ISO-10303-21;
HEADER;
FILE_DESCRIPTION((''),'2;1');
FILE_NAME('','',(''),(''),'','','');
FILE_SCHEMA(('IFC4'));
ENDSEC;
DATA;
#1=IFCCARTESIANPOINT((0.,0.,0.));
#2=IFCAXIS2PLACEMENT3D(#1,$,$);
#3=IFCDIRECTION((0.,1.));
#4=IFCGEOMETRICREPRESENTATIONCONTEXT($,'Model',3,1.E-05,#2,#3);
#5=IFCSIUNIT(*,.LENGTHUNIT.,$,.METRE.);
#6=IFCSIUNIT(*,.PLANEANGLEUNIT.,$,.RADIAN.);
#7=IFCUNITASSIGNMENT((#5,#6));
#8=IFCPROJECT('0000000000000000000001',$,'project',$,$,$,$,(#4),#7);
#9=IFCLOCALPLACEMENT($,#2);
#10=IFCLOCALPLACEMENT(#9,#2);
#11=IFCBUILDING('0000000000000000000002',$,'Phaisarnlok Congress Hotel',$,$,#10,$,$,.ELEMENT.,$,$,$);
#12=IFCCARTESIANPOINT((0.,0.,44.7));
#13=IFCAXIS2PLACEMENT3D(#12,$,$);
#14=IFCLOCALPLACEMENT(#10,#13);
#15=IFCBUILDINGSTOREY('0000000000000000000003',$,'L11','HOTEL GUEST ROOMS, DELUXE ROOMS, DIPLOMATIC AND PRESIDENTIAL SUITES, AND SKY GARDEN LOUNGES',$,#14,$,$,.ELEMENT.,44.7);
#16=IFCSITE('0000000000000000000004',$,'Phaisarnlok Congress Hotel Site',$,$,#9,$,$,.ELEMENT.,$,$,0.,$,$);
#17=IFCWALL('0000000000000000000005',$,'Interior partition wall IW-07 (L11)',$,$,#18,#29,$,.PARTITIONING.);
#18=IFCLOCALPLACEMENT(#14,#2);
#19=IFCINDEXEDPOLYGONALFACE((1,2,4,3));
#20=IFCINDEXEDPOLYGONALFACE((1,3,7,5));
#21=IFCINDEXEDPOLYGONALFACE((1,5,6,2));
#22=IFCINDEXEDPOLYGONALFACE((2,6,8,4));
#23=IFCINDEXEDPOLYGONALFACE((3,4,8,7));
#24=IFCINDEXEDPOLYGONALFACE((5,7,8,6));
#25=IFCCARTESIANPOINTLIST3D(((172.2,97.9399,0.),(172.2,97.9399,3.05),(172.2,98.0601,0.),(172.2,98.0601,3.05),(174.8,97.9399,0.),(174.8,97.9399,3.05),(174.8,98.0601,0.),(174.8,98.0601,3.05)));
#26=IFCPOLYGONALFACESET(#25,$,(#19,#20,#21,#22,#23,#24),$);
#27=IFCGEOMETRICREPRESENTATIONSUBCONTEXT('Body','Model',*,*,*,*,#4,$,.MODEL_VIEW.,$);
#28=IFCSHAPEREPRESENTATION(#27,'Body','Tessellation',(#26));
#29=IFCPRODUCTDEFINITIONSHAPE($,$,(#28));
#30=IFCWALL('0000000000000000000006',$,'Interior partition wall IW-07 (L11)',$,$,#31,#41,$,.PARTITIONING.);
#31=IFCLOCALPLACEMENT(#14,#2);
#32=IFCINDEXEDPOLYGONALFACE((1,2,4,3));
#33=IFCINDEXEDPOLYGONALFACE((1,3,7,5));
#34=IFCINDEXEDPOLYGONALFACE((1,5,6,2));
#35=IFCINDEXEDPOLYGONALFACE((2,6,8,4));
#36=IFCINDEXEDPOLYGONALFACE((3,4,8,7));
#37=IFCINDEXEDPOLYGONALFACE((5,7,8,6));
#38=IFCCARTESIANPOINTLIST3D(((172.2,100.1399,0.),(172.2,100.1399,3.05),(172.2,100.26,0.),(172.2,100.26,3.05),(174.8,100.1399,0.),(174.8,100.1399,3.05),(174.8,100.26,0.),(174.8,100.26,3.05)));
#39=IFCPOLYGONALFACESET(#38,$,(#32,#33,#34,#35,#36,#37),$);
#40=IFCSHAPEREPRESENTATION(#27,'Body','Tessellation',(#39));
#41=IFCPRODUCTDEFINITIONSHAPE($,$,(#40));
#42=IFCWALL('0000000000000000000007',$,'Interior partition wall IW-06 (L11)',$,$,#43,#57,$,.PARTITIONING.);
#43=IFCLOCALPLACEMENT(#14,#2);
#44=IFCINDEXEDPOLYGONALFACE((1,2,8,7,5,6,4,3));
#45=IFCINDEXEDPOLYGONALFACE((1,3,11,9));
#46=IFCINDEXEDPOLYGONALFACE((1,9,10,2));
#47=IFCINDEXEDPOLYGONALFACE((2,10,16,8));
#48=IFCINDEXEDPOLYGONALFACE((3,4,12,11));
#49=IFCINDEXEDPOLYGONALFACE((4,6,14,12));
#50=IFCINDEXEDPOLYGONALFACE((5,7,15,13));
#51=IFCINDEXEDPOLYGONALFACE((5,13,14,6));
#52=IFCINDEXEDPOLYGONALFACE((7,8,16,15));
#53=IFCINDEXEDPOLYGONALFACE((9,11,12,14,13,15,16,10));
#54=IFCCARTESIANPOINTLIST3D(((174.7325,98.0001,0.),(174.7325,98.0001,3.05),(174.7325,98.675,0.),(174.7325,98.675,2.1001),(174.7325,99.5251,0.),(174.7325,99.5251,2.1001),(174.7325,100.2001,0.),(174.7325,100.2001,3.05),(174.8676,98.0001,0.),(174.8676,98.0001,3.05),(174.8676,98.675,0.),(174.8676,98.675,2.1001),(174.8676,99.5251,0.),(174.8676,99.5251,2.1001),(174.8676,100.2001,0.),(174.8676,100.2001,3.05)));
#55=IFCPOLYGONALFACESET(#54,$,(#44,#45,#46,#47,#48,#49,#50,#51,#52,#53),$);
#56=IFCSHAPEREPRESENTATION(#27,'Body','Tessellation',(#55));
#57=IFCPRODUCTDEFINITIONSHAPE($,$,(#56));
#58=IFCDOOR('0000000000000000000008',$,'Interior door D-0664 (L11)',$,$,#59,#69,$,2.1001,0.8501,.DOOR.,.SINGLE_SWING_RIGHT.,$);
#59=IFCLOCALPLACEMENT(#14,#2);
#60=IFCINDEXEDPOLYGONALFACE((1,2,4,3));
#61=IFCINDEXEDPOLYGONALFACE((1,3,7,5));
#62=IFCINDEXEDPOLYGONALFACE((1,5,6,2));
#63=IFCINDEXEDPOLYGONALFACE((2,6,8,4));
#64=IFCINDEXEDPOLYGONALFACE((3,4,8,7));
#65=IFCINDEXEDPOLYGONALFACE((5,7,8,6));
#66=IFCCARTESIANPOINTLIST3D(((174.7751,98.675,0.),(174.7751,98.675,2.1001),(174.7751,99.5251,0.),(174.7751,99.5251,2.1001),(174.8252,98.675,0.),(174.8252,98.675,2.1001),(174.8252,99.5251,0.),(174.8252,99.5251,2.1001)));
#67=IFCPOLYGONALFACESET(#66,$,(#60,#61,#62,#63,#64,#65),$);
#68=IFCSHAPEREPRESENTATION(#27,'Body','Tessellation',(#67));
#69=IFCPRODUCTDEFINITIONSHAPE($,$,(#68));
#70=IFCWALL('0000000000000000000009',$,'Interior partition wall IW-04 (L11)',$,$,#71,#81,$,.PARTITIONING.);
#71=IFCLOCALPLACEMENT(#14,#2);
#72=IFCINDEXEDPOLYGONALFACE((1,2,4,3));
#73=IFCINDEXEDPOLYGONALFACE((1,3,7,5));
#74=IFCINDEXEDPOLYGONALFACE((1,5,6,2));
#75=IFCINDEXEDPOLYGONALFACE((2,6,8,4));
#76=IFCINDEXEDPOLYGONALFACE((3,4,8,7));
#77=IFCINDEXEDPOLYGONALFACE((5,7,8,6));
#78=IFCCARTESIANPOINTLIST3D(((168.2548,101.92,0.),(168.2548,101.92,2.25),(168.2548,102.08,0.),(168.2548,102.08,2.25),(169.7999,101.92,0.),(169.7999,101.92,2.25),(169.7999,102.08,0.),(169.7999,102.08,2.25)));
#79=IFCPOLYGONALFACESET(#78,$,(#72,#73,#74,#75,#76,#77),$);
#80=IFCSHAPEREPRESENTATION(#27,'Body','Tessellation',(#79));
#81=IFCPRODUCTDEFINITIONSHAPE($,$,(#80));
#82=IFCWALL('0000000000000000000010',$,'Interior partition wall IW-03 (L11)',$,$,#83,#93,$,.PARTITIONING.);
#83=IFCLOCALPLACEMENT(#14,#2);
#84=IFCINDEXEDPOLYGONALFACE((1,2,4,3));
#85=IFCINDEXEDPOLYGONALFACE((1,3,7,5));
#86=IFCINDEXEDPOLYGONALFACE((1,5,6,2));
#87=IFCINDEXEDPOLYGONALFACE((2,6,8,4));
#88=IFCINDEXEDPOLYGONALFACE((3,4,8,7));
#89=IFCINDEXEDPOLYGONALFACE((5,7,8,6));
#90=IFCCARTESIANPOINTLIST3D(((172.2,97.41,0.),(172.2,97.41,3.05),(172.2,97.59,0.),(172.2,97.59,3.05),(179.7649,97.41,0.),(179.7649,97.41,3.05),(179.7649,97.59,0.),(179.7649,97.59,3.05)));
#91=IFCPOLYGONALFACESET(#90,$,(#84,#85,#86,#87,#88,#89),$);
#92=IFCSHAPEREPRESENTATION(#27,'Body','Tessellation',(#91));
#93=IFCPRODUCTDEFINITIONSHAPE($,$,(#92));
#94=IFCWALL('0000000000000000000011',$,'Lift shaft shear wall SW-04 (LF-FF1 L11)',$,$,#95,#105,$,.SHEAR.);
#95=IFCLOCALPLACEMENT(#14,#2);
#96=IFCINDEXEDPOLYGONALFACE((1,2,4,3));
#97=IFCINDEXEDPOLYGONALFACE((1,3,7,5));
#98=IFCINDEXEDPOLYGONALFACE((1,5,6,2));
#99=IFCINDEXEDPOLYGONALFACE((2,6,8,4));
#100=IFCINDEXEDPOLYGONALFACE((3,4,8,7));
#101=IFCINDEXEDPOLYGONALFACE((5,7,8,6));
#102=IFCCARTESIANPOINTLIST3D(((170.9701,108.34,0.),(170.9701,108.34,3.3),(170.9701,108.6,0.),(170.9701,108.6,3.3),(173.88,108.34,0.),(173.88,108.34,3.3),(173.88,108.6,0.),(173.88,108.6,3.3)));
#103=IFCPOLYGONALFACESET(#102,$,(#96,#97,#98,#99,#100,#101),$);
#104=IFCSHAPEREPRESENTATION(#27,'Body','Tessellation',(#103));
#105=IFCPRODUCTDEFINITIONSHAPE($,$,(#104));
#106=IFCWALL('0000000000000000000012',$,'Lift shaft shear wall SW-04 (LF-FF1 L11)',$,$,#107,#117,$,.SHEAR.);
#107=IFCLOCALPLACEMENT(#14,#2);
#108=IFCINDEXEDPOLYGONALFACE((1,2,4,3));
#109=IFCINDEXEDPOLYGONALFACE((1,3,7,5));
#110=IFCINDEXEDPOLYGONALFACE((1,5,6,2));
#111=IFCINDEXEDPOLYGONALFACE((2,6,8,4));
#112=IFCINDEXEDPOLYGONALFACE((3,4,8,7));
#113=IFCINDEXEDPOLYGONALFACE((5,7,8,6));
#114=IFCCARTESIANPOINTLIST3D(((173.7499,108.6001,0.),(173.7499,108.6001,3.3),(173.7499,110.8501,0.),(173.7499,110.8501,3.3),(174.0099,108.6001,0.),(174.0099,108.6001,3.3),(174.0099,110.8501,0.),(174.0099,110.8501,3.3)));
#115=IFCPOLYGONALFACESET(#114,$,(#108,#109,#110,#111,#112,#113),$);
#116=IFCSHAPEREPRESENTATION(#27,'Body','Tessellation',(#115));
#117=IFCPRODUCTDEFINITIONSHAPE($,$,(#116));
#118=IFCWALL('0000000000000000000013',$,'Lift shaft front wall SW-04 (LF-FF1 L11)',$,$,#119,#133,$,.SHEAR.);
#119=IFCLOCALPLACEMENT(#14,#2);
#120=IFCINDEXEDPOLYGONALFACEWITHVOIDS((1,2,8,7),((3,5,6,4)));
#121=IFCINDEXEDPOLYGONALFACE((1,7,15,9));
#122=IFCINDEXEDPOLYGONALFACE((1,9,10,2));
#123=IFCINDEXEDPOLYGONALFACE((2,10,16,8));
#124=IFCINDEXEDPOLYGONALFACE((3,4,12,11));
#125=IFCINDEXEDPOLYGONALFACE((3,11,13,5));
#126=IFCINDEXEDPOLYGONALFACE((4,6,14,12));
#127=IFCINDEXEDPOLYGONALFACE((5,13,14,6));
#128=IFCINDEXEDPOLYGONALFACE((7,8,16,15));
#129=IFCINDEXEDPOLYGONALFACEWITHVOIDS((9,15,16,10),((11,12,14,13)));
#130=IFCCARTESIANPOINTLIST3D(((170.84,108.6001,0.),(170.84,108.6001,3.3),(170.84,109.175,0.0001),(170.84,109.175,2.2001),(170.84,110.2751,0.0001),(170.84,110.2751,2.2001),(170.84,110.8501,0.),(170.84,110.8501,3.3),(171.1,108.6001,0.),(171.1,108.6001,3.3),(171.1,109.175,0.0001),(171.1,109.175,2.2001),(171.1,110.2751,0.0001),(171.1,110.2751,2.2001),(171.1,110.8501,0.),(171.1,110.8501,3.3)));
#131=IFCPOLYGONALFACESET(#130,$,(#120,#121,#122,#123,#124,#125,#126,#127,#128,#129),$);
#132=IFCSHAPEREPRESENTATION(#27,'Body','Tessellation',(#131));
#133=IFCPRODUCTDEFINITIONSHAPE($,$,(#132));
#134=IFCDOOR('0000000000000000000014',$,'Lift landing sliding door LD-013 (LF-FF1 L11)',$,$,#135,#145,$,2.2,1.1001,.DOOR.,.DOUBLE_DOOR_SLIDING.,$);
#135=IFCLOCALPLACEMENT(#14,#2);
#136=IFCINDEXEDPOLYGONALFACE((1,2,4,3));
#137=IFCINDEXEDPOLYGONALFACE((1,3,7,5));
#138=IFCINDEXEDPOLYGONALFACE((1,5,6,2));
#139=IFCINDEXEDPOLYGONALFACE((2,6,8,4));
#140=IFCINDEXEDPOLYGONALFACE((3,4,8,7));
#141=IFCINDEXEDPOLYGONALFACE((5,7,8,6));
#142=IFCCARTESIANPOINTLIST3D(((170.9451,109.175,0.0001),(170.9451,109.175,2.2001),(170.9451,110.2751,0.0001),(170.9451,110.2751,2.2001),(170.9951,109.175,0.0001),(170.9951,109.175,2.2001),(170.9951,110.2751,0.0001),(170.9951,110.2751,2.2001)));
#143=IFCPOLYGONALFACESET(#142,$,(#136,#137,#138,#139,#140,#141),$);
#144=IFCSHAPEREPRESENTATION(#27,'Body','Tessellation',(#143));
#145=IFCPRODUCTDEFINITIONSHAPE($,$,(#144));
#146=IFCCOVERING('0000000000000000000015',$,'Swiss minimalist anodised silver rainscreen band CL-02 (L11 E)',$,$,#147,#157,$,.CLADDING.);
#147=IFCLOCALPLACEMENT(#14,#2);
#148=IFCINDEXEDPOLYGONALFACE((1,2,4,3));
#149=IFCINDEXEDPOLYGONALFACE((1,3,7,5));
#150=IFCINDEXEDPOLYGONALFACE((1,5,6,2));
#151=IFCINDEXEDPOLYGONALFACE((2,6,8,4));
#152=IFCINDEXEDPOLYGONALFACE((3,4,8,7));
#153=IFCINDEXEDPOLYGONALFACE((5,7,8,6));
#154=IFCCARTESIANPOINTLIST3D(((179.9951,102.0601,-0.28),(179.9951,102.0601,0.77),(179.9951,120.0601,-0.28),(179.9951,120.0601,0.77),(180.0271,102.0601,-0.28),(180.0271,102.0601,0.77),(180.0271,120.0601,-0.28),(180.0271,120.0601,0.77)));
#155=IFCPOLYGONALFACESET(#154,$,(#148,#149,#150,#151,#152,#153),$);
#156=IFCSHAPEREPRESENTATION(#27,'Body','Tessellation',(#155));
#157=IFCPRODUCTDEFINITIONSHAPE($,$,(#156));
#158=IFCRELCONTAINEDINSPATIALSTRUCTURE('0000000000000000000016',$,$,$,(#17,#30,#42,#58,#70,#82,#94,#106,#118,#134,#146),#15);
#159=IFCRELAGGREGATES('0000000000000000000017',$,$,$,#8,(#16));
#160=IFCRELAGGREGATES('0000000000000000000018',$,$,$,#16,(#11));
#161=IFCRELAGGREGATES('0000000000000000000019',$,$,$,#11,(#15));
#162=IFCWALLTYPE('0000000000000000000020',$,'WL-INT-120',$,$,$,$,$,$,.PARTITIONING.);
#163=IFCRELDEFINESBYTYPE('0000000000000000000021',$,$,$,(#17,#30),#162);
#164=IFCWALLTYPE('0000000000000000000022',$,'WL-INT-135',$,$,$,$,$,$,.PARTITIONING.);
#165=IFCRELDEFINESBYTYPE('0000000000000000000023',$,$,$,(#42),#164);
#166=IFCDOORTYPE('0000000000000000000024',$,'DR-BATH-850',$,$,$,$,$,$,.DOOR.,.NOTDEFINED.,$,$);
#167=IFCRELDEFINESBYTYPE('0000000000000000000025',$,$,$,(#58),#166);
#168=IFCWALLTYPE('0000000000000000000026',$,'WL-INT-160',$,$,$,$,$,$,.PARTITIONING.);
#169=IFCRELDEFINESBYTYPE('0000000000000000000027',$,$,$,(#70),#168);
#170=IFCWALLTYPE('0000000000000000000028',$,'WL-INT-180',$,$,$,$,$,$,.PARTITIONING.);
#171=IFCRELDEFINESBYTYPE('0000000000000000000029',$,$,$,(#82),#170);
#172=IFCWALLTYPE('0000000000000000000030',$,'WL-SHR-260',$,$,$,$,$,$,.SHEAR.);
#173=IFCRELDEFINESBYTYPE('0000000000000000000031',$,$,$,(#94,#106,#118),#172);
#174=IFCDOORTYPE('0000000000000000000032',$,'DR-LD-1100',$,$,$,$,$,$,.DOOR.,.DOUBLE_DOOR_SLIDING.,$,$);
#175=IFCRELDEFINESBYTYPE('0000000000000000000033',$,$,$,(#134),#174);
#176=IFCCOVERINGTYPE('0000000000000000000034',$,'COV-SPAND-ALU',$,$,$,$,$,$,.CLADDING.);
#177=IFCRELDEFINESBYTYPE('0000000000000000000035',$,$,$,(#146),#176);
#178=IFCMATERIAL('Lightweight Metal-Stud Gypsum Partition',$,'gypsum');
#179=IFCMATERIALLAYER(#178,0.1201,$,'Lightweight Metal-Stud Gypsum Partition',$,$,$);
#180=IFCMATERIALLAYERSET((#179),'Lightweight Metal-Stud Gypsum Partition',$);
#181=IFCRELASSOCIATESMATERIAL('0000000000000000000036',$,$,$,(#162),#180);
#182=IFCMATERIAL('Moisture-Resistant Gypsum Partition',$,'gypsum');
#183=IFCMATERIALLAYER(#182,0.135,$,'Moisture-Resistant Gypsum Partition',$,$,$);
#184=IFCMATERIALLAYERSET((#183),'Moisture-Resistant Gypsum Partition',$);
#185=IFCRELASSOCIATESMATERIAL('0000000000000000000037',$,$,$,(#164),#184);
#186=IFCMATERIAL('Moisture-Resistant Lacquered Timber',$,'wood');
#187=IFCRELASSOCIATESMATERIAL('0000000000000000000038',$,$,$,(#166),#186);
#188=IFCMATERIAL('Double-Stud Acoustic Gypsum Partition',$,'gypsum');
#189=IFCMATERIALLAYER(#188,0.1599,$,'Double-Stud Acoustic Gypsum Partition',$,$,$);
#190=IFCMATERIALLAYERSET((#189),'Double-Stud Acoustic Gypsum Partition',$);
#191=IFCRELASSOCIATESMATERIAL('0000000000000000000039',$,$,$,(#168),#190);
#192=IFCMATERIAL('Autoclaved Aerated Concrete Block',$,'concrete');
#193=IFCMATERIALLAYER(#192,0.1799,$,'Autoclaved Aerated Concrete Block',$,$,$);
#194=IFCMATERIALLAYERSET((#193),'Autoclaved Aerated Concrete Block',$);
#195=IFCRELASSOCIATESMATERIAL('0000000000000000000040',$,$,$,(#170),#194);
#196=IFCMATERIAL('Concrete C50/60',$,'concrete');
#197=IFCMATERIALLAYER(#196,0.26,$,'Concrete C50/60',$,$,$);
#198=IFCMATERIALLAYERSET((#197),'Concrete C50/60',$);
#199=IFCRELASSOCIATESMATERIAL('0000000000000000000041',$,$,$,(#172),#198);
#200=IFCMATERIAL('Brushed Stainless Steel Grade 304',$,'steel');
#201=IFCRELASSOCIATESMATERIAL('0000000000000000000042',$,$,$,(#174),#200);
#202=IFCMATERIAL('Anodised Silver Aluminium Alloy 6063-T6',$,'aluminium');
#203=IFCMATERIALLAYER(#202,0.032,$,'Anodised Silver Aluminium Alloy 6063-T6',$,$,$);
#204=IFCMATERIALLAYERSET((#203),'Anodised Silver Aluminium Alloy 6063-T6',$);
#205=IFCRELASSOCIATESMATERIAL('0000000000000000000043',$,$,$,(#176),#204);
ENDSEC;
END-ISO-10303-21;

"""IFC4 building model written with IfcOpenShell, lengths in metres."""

from ifc_helpers import new_model, si_unit, direction, frame, frame_2d, origin, place, context, subcontext, project, spatial, polyline, rectangle, outline, extrude, material, layer, layer_set, type_object, element, fill, save


model = new_model("IFC4")

# Units and contexts
model_context = context("Model", 3, precision=1e-05, world=origin(), true_north=direction((0.0, 1.0)))
body_context = subcontext(model_context, "Body", "Model", "MODEL_VIEW")
ifc_project = project(units=[si_unit("LENGTHUNIT", "METRE"), si_unit("PLANEANGLEUNIT", "RADIAN")], contexts=[model_context])

# Site, building, storey
site_placement = place(None, origin())
site = spatial("IfcSite", under=ifc_project, at=site_placement, Name="Phaisarnlok Congress Hotel Site", CompositionType="ELEMENT", RefElevation=0.0)
building_placement = place(site_placement, origin())
building = spatial("IfcBuilding", under=site, at=building_placement, Name="Phaisarnlok Congress Hotel", CompositionType="ELEMENT")
storey_placement = place(building_placement, frame((0.0, 0.0, 44.7)))
storey = spatial("IfcBuildingStorey", under=building, at=storey_placement, Name="L11", Description="HOTEL GUEST ROOMS, DELUXE ROOMS, DIPLOMATIC AND PRESIDENTIAL SUITES, AND SKY GARDEN LOUNGES", CompositionType="ELEMENT", Elevation=44.7)

# Shared definitions
ifc_material_1 = material(Name="Concrete C50/60", Category="concrete")

# Walls
ifc_material_2 = material(Name="Lightweight Metal-Stud Gypsum Partition", Category="gypsum")
ifc_layer_1 = layer(ifc_material_2, 0.1201, Name="Lightweight Metal-Stud Gypsum Partition")
ifc_layer_set_1 = layer_set([ifc_layer_1], Name="Lightweight Metal-Stud Gypsum Partition")
wall_type_1 = type_object("IfcWallType", Name="WL-INT-120", PredefinedType="PARTITIONING", material=ifc_layer_set_1)
for number, where, z_axis, x_axis, name in (
    (1, (172.2, 98.0, 0.0), (0.0, 0.0, 1.0), (1.0, 0.0, 0.0), "Interior partition wall IW-07 (L11)"),
    (2, (172.2, 100.2, 0.0), (0.0, 0.0, 1.0), (1.0, 0.0, 0.0), "Interior partition wall IW-07 (L11)"),
):
    element("IfcWall", number, at=place(storey_placement, frame(where, z_axis=z_axis, x_axis=x_axis)), inside=storey, type_object=wall_type_1, Name=name, PredefinedType="PARTITIONING", context=body_context, shape_type="SweptSolid", body=[
        extrude(rectangle(XDim=2.6001, YDim=0.1201, at=frame_2d((1.3, 0.0))), origin(), (0.0, 0.0, 1.0), 3.05),
    ])

# Wall, opening, door
ifc_material_3 = material(Name="Moisture-Resistant Gypsum Partition", Category="gypsum")
ifc_layer_2 = layer(ifc_material_3, 0.135, Name="Moisture-Resistant Gypsum Partition")
ifc_layer_set_2 = layer_set([ifc_layer_2], Name="Moisture-Resistant Gypsum Partition")
wall_type_2 = type_object("IfcWallType", Name="WL-INT-135", PredefinedType="PARTITIONING", material=ifc_layer_set_2)
wall_1_placement = place(storey_placement, frame((174.8, 98.0, 0.0), z_axis=(0.0, 0.0, 1.0), x_axis=(0.0, 1.0, 0.0)))
wall_1 = element("IfcWall", 3, at=wall_1_placement, inside=storey, type_object=wall_type_2, Name="Interior partition wall IW-06 (L11)", PredefinedType="PARTITIONING", context=body_context, shape_type="SweptSolid", body=[
    extrude(rectangle(XDim=2.2, YDim=0.135, at=frame_2d((1.1001, 0.0))), origin(), (0.0, 0.0, 1.0), 3.05),
])
opening_1_placement = place(wall_1_placement, frame((0.675, 0.0, 0.0)))
opening_1 = element("IfcOpeningElement", 4, at=opening_1_placement, cuts=wall_1, PredefinedType="OPENING", context=body_context, shape_type="SweptSolid", body=[
    extrude(rectangle(XDim=0.8501, YDim=2.1001, at=frame_2d((0.425, 1.05))), frame((0.0, 0.0776, 0.0), z_axis=(0.0, -1.0, 0.0), x_axis=(1.0, 0.0, 0.0)), (0.0, 0.0, 1.0), 0.155),
])
ifc_material_4 = material(Name="Moisture-Resistant Lacquered Timber", Category="wood")
door_type_1 = type_object("IfcDoorType", Name="DR-BATH-850", OperationType="NOTDEFINED", PredefinedType="DOOR", material=ifc_material_4)
door_1_placement = place(opening_1_placement, origin())
door_1 = element("IfcDoor", 5, at=door_1_placement, inside=storey, type_object=door_type_1, Name="Interior door D-0664 (L11)", OperationType="SINGLE_SWING_RIGHT", OverallHeight=2.1001, OverallWidth=0.8501, PredefinedType="DOOR", context=body_context, shape_type="SweptSolid", body=[
    extrude(rectangle(XDim=0.8501, YDim=2.1001, at=frame_2d((0.425, 1.05))), frame((0.0, 0.0249, 0.0), z_axis=(0.0, -1.0, 0.0), x_axis=(1.0, 0.0, 0.0)), (0.0, 0.0, 1.0), 0.05),
])
fill(opening_1, door_1)

# Walls
ifc_material_5 = material(Name="Double-Stud Acoustic Gypsum Partition", Category="gypsum")
ifc_layer_3 = layer(ifc_material_5, 0.1599, Name="Double-Stud Acoustic Gypsum Partition")
ifc_layer_set_3 = layer_set([ifc_layer_3], Name="Double-Stud Acoustic Gypsum Partition")
wall_type_3 = type_object("IfcWallType", Name="WL-INT-160", PredefinedType="PARTITIONING", material=ifc_layer_set_3)
wall_2_placement = place(storey_placement, frame((168.2549, 102.0, 0.0), z_axis=(0.0, 0.0, 1.0), x_axis=(1.0, 0.0, 0.0)))
element("IfcWall", 6, at=wall_2_placement, inside=storey, type_object=wall_type_3, Name="Interior partition wall IW-04 (L11)", PredefinedType="PARTITIONING", context=body_context, shape_type="SweptSolid", body=[
    extrude(rectangle(XDim=1.5452, YDim=0.1599, at=frame_2d((0.7725, 0.0))), origin(), (0.0, 0.0, 1.0), 2.25),
])
ifc_material_6 = material(Name="Autoclaved Aerated Concrete Block", Category="concrete")
ifc_layer_4 = layer(ifc_material_6, 0.1799, Name="Autoclaved Aerated Concrete Block")
ifc_layer_set_4 = layer_set([ifc_layer_4], Name="Autoclaved Aerated Concrete Block")
wall_type_4 = type_object("IfcWallType", Name="WL-INT-180", PredefinedType="PARTITIONING", material=ifc_layer_set_4)
wall_3_placement = place(storey_placement, frame((172.2, 97.5, 0.0), z_axis=(0.0, 0.0, 1.0), x_axis=(1.0, 0.0, 0.0)))
element("IfcWall", 7, at=wall_3_placement, inside=storey, type_object=wall_type_4, Name="Interior partition wall IW-03 (L11)", PredefinedType="PARTITIONING", context=body_context, shape_type="SweptSolid", body=[
    extrude(rectangle(XDim=7.5649, YDim=0.1799, at=frame_2d((3.7825, 0.0))), origin(), (0.0, 0.0, 1.0), 3.05),
])
ifc_layer_5 = layer(ifc_material_1, 0.26, Name="Concrete C50/60")
ifc_layer_set_5 = layer_set([ifc_layer_5], Name="Concrete C50/60")
wall_type_5 = type_object("IfcWallType", Name="WL-SHR-260", PredefinedType="SHEAR", material=ifc_layer_set_5)
wall_4_placement = place(storey_placement, frame((170.97, 108.47, 0.0), z_axis=(0.0, 0.0, 1.0), x_axis=(1.0, 0.0, 0.0)))
element("IfcWall", 8, at=wall_4_placement, inside=storey, type_object=wall_type_5, Name="Lift shaft shear wall SW-04 (LF-FF1 L11)", PredefinedType="SHEAR", context=body_context, shape_type="SweptSolid", body=[
    extrude(rectangle(XDim=2.9099, YDim=0.26, at=frame_2d((1.4551, 0.0))), origin(), (0.0, 0.0, 1.0), 3.3),
])
wall_5_placement = place(storey_placement, frame((173.8799, 108.6001, 0.0), z_axis=(0.0, 0.0, 1.0), x_axis=(0.0, 1.0, 0.0)))
element("IfcWall", 9, at=wall_5_placement, inside=storey, type_object=wall_type_5, Name="Lift shaft shear wall SW-04 (LF-FF1 L11)", PredefinedType="SHEAR", context=body_context, shape_type="SweptSolid", body=[
    extrude(rectangle(XDim=2.25, YDim=0.26, at=frame_2d((1.125, 0.0))), origin(), (0.0, 0.0, 1.0), 3.3),
])

# Wall, opening, door
wall_6_placement = place(storey_placement, frame((170.97, 108.6001, 0.0), z_axis=(0.0, 0.0, 1.0), x_axis=(0.0, 1.0, 0.0)))
wall_6 = element("IfcWall", 10, at=wall_6_placement, inside=storey, type_object=wall_type_5, Name="Lift shaft front wall SW-04 (LF-FF1 L11)", PredefinedType="SHEAR", context=body_context, shape_type="SweptSolid", body=[
    extrude(rectangle(XDim=2.25, YDim=0.26, at=frame_2d((1.125, 0.0))), origin(), (0.0, 0.0, 1.0), 3.3),
])
opening_2_placement = place(wall_6_placement, frame((0.575, 0.0, 0.0)))
opening_2 = element("IfcOpeningElement", 11, at=opening_2_placement, cuts=wall_6, PredefinedType="OPENING", context=body_context, shape_type="SweptSolid", body=[
    extrude(rectangle(XDim=1.1001, YDim=2.2, at=frame_2d((0.55, 1.1001))), frame((0.0, 0.1401, 0.0), z_axis=(0.0, -1.0, 0.0), x_axis=(1.0, 0.0, 0.0)), (0.0, 0.0, 1.0), 0.28),
])
ifc_material_7 = material(Name="Brushed Stainless Steel Grade 304", Category="steel")
door_type_2 = type_object("IfcDoorType", Name="DR-LD-1100", OperationType="DOUBLE_DOOR_SLIDING", PredefinedType="DOOR", material=ifc_material_7)
door_2_placement = place(opening_2_placement, origin())
door_2 = element("IfcDoor", 12, at=door_2_placement, inside=storey, type_object=door_type_2, Name="Lift landing sliding door LD-013 (LF-FF1 L11)", OperationType="DOUBLE_DOOR_SLIDING", OverallHeight=2.2, OverallWidth=1.1001, PredefinedType="DOOR", context=body_context, shape_type="SweptSolid", body=[
    extrude(rectangle(XDim=1.1001, YDim=2.2, at=frame_2d((0.55, 1.1001))), frame((0.0, 0.0249, 0.0), z_axis=(0.0, -1.0, 0.0), x_axis=(1.0, 0.0, 0.0)), (0.0, 0.0, 1.0), 0.05),
])
fill(opening_2, door_2)

# Covering
ifc_material_8 = material(Name="Anodised Silver Aluminium Alloy 6063-T6", Category="aluminium")
ifc_layer_6 = layer(ifc_material_8, 0.032, Name="Anodised Silver Aluminium Alloy 6063-T6")
ifc_layer_set_6 = layer_set([ifc_layer_6], Name="Anodised Silver Aluminium Alloy 6063-T6")
covering_type = type_object("IfcCoveringType", Name="COV-SPAND-ALU", PredefinedType="CLADDING", material=ifc_layer_set_6)
covering_placement = place(storey_placement, frame((179.9951, 102.0601, -0.28), z_axis=(1.0, 0.0, 0.0), x_axis=(0.0, 1.0, 0.0)))
element("IfcCovering", 13, at=covering_placement, inside=storey, type_object=covering_type, Name="Swiss minimalist anodised silver rainscreen band CL-02 (L11 E)", PredefinedType="CLADDING", context=body_context, shape_type="SweptSolid", body=[
    extrude(outline(polyline([(0.0, 0.0), (18.0, 0.0), (18.0, 1.05), (0.0, 1.05), (0.0, 0.0)])), origin(), (0.0, 0.0, 1.0), 0.032),
])

save(model, "model.ifc")
